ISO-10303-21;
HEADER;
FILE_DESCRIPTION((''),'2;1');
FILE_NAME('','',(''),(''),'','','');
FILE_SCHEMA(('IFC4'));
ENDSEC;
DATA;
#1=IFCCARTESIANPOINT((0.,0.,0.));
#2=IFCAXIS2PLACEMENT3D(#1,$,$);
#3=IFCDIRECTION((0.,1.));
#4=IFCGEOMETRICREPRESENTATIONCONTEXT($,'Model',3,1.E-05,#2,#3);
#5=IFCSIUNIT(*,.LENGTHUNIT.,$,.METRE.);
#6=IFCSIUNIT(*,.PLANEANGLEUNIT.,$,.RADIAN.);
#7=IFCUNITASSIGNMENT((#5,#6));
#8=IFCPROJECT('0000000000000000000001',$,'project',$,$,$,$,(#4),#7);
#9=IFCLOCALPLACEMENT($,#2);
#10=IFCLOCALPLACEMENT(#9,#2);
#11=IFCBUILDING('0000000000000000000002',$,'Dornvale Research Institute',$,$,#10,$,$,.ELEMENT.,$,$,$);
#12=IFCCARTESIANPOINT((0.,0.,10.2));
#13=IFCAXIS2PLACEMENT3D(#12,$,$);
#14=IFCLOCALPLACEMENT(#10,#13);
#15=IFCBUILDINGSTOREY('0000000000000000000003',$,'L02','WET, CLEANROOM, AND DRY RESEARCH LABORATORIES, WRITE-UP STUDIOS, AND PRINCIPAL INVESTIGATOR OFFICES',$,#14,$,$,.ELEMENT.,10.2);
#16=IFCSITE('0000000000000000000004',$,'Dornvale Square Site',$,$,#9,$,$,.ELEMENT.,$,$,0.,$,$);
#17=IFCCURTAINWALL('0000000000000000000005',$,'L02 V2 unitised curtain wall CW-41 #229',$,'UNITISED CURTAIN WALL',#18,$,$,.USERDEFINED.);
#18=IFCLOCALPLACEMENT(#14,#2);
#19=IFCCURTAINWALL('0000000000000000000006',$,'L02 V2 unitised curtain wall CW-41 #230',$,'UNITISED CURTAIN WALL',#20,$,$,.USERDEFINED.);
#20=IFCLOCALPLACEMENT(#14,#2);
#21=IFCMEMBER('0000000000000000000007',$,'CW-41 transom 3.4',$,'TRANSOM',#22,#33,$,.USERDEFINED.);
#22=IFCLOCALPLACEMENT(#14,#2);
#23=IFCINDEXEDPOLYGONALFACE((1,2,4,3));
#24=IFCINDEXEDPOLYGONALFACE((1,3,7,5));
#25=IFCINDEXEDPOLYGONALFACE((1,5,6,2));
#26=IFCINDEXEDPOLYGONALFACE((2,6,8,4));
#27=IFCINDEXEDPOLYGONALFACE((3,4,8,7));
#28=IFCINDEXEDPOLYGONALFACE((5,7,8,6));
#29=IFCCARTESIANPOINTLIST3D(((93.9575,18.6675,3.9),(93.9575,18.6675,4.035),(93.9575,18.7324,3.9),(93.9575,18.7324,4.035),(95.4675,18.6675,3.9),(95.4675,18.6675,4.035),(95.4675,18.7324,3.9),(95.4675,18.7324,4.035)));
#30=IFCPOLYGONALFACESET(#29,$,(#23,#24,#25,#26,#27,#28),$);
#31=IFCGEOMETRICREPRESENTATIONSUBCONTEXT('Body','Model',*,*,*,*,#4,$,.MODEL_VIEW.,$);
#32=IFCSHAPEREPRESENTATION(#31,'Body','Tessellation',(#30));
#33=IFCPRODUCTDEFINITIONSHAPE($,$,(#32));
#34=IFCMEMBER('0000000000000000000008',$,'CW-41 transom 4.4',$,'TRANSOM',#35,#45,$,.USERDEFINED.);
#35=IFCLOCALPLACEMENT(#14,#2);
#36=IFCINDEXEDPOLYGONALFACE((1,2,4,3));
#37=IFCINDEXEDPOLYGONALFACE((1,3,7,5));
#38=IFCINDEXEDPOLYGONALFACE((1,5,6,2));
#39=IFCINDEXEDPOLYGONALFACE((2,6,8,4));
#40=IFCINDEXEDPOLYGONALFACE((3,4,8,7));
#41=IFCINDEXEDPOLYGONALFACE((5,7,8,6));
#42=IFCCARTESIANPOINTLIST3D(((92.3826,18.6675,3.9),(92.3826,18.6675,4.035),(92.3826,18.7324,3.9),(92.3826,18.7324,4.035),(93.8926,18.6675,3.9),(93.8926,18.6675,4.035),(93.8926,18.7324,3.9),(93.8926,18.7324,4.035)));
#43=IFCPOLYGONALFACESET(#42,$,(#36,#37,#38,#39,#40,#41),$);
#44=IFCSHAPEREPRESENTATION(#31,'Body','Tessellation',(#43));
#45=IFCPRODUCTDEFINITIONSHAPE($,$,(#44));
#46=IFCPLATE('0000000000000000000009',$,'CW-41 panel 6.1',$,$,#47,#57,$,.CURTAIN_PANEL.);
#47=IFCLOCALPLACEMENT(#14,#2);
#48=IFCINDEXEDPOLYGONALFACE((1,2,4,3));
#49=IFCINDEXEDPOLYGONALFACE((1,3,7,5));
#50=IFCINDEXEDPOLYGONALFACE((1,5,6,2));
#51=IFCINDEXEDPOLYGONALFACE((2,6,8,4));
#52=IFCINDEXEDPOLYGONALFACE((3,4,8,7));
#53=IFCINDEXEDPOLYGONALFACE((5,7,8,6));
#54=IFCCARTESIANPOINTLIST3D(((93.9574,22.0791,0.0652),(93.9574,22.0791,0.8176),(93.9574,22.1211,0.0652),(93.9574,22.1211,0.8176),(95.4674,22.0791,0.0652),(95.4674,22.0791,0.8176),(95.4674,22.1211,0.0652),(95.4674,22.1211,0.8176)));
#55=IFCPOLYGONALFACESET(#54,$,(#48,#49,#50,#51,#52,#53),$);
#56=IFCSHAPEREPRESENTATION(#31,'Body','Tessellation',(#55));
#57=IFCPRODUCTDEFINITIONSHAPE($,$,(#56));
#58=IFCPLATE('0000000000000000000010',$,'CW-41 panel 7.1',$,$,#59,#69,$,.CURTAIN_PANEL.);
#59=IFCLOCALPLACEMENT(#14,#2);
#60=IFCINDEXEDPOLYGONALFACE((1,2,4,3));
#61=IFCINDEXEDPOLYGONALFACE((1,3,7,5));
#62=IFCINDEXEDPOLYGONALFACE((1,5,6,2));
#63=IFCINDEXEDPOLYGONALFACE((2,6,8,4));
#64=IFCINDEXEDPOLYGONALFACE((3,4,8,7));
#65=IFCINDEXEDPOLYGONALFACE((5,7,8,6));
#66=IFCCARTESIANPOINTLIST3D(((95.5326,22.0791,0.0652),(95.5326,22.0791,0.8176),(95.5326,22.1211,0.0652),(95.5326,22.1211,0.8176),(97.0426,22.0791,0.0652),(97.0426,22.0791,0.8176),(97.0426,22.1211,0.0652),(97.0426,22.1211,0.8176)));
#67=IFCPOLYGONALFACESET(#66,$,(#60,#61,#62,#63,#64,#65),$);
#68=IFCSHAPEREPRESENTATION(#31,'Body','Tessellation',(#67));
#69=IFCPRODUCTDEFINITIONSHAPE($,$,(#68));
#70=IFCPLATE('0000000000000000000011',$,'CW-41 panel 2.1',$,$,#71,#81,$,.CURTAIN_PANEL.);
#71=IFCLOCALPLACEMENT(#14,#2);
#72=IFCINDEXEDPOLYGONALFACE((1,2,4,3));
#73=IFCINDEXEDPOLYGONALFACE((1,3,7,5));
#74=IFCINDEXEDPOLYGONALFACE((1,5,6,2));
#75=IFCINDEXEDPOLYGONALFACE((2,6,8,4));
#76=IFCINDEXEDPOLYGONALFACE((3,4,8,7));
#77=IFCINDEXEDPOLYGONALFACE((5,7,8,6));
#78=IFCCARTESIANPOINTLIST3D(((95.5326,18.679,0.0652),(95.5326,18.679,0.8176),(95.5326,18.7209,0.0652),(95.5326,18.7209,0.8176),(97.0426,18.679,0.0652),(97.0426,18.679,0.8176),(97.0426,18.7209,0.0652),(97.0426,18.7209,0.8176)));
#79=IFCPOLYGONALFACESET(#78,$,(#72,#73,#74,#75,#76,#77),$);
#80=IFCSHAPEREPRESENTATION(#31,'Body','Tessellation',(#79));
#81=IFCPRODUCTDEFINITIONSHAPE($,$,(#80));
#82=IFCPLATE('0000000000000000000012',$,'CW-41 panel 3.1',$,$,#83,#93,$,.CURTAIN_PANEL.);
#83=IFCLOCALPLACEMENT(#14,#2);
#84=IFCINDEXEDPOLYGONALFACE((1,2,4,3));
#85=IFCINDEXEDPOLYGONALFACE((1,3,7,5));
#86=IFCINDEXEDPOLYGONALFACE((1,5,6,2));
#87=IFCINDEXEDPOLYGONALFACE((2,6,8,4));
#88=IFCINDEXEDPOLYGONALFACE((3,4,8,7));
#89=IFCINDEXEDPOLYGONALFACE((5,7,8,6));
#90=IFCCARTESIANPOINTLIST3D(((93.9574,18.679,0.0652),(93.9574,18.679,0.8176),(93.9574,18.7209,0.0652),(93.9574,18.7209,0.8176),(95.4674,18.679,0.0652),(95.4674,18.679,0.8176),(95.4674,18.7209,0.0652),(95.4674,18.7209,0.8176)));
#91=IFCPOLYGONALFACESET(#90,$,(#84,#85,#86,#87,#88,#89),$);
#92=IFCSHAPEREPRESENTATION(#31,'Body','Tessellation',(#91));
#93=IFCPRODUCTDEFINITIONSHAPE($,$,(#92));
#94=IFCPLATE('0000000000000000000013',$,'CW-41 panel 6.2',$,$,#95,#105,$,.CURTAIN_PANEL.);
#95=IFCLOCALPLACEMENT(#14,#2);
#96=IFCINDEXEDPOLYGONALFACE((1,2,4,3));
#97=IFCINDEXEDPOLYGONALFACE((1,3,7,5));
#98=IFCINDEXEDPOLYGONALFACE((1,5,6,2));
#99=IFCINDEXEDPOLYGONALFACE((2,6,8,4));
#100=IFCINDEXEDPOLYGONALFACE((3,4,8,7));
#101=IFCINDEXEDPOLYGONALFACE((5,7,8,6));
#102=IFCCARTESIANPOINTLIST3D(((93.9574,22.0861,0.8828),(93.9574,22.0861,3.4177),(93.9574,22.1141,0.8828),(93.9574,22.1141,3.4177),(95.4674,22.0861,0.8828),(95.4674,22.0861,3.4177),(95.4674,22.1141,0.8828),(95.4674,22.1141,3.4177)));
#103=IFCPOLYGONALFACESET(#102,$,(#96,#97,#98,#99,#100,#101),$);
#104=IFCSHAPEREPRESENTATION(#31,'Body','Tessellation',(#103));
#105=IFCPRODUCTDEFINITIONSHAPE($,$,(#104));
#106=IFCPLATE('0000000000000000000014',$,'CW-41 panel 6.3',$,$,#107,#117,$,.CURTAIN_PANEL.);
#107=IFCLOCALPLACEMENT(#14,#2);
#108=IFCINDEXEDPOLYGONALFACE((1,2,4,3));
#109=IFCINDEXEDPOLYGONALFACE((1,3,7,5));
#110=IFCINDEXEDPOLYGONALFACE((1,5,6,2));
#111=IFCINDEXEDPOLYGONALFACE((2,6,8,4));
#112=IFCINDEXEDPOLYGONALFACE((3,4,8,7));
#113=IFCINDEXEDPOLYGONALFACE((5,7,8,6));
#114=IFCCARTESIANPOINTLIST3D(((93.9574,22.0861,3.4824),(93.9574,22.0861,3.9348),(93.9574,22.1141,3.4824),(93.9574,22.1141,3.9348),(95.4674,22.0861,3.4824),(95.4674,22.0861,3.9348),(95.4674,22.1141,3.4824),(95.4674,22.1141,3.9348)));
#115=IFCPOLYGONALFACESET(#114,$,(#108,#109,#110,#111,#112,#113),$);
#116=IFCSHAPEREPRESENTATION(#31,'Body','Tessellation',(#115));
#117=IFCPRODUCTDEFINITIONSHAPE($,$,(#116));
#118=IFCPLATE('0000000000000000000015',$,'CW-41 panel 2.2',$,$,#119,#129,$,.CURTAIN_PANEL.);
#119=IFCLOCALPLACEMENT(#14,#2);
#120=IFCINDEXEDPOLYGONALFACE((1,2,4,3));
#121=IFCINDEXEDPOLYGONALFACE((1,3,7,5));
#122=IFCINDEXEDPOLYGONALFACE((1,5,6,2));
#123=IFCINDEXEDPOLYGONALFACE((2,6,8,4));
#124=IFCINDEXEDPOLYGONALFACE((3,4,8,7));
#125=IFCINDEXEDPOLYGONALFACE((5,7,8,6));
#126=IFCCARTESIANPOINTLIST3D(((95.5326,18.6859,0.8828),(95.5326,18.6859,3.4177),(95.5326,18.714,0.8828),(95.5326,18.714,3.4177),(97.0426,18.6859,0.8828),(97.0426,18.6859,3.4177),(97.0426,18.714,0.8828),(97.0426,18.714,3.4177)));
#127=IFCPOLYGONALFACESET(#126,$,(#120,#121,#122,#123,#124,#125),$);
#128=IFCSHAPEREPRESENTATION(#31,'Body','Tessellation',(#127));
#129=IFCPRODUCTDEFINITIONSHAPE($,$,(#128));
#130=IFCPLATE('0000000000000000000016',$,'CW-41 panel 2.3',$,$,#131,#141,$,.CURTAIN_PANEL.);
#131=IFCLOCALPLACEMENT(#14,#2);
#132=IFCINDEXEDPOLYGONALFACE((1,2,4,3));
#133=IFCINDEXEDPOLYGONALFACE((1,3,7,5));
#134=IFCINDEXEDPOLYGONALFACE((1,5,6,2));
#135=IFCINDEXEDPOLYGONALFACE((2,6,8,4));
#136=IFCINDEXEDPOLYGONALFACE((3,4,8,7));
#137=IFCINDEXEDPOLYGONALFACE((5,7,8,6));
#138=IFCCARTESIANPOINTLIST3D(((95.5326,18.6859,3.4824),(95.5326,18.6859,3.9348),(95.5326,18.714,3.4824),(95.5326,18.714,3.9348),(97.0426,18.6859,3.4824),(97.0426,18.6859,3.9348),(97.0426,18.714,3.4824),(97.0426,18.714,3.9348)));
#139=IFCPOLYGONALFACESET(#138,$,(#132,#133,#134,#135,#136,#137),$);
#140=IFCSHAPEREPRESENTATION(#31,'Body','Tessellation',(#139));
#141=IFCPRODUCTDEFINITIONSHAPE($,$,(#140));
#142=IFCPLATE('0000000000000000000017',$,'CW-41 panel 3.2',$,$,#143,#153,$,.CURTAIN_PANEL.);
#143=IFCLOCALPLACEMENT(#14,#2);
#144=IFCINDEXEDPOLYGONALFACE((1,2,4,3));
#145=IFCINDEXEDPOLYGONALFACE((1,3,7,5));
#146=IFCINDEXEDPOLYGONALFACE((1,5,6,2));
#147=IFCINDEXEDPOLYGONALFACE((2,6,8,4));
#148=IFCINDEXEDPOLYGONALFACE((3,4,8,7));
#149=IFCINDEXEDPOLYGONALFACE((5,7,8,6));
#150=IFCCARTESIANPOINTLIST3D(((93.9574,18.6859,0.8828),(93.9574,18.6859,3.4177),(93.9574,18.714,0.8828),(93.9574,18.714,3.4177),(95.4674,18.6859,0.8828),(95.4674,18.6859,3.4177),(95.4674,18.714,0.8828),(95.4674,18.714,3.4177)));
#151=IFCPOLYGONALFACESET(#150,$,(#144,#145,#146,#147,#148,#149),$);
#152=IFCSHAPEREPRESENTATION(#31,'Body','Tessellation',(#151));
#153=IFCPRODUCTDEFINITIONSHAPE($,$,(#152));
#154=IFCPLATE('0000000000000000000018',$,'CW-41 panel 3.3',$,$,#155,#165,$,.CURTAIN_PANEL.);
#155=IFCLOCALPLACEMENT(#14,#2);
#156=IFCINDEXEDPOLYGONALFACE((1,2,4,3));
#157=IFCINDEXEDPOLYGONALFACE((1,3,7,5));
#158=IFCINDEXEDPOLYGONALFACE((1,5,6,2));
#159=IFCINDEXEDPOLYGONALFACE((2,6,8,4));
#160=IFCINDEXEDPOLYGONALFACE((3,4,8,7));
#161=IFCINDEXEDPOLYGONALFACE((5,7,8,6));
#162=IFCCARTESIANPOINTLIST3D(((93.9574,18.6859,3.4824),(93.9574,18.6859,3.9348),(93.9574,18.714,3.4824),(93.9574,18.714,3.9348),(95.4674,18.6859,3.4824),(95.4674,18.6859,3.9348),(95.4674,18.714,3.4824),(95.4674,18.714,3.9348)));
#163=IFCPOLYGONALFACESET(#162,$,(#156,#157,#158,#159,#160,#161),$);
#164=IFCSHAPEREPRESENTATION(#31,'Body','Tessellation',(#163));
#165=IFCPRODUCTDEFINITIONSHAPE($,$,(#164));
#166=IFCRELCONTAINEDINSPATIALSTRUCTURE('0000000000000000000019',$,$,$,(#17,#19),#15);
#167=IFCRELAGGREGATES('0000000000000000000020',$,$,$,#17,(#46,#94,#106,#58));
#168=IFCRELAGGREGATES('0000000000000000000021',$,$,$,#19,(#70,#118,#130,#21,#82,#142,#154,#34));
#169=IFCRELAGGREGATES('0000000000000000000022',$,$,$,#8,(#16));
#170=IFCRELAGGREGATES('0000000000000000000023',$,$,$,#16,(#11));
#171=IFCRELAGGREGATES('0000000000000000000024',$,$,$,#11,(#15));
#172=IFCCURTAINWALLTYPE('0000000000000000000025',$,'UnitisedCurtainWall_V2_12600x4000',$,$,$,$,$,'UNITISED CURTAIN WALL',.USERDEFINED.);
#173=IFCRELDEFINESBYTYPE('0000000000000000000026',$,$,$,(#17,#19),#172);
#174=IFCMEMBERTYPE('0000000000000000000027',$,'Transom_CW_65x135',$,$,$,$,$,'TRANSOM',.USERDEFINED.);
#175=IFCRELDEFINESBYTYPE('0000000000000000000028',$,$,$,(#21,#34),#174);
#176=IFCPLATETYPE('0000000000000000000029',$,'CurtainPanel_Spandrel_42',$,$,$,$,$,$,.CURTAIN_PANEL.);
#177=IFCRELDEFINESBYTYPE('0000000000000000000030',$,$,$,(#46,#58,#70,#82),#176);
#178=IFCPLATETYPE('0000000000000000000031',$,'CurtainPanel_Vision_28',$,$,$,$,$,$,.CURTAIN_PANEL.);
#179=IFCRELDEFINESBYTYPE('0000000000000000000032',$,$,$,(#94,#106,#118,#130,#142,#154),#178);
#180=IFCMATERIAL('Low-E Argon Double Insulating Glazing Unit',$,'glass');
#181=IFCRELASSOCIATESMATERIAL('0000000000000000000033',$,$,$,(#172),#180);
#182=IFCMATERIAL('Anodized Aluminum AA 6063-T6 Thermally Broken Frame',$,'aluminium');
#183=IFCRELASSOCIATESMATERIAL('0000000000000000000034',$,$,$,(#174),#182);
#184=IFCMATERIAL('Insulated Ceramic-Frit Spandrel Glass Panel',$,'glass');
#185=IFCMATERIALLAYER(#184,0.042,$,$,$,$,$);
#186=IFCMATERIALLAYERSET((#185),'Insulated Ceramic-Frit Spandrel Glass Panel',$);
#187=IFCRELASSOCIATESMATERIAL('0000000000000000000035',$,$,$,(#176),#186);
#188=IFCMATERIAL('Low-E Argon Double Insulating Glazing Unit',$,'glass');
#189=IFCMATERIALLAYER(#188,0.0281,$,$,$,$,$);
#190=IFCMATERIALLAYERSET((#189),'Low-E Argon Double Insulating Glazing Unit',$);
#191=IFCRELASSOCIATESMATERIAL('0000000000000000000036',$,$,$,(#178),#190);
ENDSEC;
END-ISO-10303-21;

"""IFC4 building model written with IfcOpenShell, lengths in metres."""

from ifc_helpers import new_model, si_unit, direction, frame, origin, origin_2d, place, context, subcontext, project, spatial, rectangle, extrude, material, layer, layer_set, material_profile, profile_set, type_object, element, aggregate, save


model = new_model("IFC4")

# Units and contexts
model_context = context("Model", 3, precision=1e-05, world=origin(), true_north=direction((0.0, 1.0)))
body_context = subcontext(model_context, "Body", "Model", "MODEL_VIEW")
ifc_project = project(units=[si_unit("LENGTHUNIT", "METRE"), si_unit("PLANEANGLEUNIT", "RADIAN")], contexts=[model_context])

# Site, building, storey
site_placement = place(None, origin())
site = spatial("IfcSite", under=ifc_project, at=site_placement, Name="Dornvale Square Site", CompositionType="ELEMENT", RefElevation=0.0)
building_placement = place(site_placement, origin())
building = spatial("IfcBuilding", under=site, at=building_placement, Name="Dornvale Research Institute", CompositionType="ELEMENT")
storey_placement = place(building_placement, frame((0.0, 0.0, 10.2)))
storey = spatial("IfcBuildingStorey", under=building, at=storey_placement, Name="L02", Description="WET, CLEANROOM, AND DRY RESEARCH LABORATORIES, WRITE-UP STUDIOS, AND PRINCIPAL INVESTIGATOR OFFICES", CompositionType="ELEMENT", Elevation=10.2)

# Curtain walls
ifc_material_1 = material(Name="Low-E Argon Double Insulating Glazing Unit", Category="glass")
curtain_wall_type = type_object("IfcCurtainWallType", Name="UnitisedCurtainWall_V2_12600x4000", ElementType="UNITISED CURTAIN WALL", PredefinedType="USERDEFINED", material=ifc_material_1)
curtain_wall_1_placement = place(storey_placement, origin())
curtain_wall_1 = element("IfcCurtainWall", 1, at=curtain_wall_1_placement, inside=storey, type_object=curtain_wall_type, Name="L02 V2 unitised curtain wall CW-41 #229", ObjectType="UNITISED CURTAIN WALL", PredefinedType="USERDEFINED")
curtain_wall_2_placement = place(storey_placement, origin())
curtain_wall_2 = element("IfcCurtainWall", 2, at=curtain_wall_2_placement, inside=storey, type_object=curtain_wall_type, Name="L02 V2 unitised curtain wall CW-41 #230", ObjectType="UNITISED CURTAIN WALL", PredefinedType="USERDEFINED")

# Members
ifc_material_2 = material(Name="Anodized Aluminum AA 6063-T6 Thermally Broken Frame", Category="aluminium")
ifc_material_profile_1 = material_profile(ifc_material_2, rectangle(XDim=0.0649, YDim=0.135, at=origin_2d()), Name="ALU TRANSOM 65x135")
ifc_profile_set_1 = profile_set([ifc_material_profile_1], Name="Anodized Aluminum AA 6063-T6 Thermally Broken Frame")
member_type_1 = type_object("IfcMemberType", Name="Transom_CW_65x135", ElementType="TRANSOM", PredefinedType="USERDEFINED", material=ifc_profile_set_1)
member_1_placement = place(storey_placement, frame((95.4675, 18.7, 3.9675), z_axis=(-1.0, 0.0, 0.0), x_axis=(0.0, -1.0, 0.0)))
member_1 = element("IfcMember", 3, at=member_1_placement, type_object=member_type_1, Name="CW-41 transom 3.4", ObjectType="TRANSOM", PredefinedType="USERDEFINED", context=body_context, shape_type="SweptSolid", body=[
    extrude(rectangle(XDim=0.0649, YDim=0.135, at=origin_2d()), origin(), (0.0, 0.0, 1.0), 1.51),
])
member_2_placement = place(storey_placement, frame((93.8926, 18.7, 3.9675), z_axis=(-1.0, 0.0, 0.0), x_axis=(0.0, -1.0, 0.0)))
member_2 = element("IfcMember", 4, at=member_2_placement, type_object=member_type_1, Name="CW-41 transom 4.4", ObjectType="TRANSOM", PredefinedType="USERDEFINED", context=body_context, shape_type="SweptSolid", body=[
    extrude(rectangle(XDim=0.0649, YDim=0.135, at=origin_2d()), origin(), (0.0, 0.0, 1.0), 1.51),
])

# Plates
ifc_material_3 = material(Name="Insulated Ceramic-Frit Spandrel Glass Panel", Category="glass")
ifc_layer_1 = layer(ifc_material_3, 0.042)
ifc_layer_set_1 = layer_set([ifc_layer_1], Name="Insulated Ceramic-Frit Spandrel Glass Panel")
plate_type_1 = type_object("IfcPlateType", Name="CurtainPanel_Spandrel_42", PredefinedType="CURTAIN_PANEL", material=ifc_layer_set_1)
plate_1_placement = place(storey_placement, frame((94.7124, 22.1001, 0.0652), z_axis=(0.0, 0.0, 1.0), x_axis=(1.0, 0.0, 0.0)))
plate_1 = element("IfcPlate", 5, at=plate_1_placement, type_object=plate_type_1, Name="CW-41 panel 6.1", PredefinedType="CURTAIN_PANEL", context=body_context, shape_type="SweptSolid", body=[
    extrude(rectangle(XDim=1.51, YDim=0.042, at=origin_2d()), origin(), (0.0, 0.0, 1.0), 0.7524),
])
plate_2_placement = place(storey_placement, frame((96.2876, 22.1001, 0.0652), z_axis=(0.0, 0.0, 1.0), x_axis=(1.0, 0.0, 0.0)))
plate_2 = element("IfcPlate", 6, at=plate_2_placement, type_object=plate_type_1, Name="CW-41 panel 7.1", PredefinedType="CURTAIN_PANEL", context=body_context, shape_type="SweptSolid", body=[
    extrude(rectangle(XDim=1.51, YDim=0.042, at=origin_2d()), origin(), (0.0, 0.0, 1.0), 0.7524),
])
plate_3_placement = place(storey_placement, frame((96.2876, 18.7, 0.0652), z_axis=(0.0, 0.0, 1.0), x_axis=(-1.0, 0.0, 0.0)))
plate_3 = element("IfcPlate", 7, at=plate_3_placement, type_object=plate_type_1, Name="CW-41 panel 2.1", PredefinedType="CURTAIN_PANEL", context=body_context, shape_type="SweptSolid", body=[
    extrude(rectangle(XDim=1.51, YDim=0.042, at=origin_2d()), origin(), (0.0, 0.0, 1.0), 0.7524),
])
plate_4_placement = place(storey_placement, frame((94.7124, 18.7, 0.0652), z_axis=(0.0, 0.0, 1.0), x_axis=(-1.0, 0.0, 0.0)))
plate_4 = element("IfcPlate", 8, at=plate_4_placement, type_object=plate_type_1, Name="CW-41 panel 3.1", PredefinedType="CURTAIN_PANEL", context=body_context, shape_type="SweptSolid", body=[
    extrude(rectangle(XDim=1.51, YDim=0.042, at=origin_2d()), origin(), (0.0, 0.0, 1.0), 0.7524),
])
ifc_material_4 = material(Name="Low-E Argon Double Insulating Glazing Unit", Category="glass")
ifc_layer_2 = layer(ifc_material_4, 0.0281)
ifc_layer_set_2 = layer_set([ifc_layer_2], Name="Low-E Argon Double Insulating Glazing Unit")
plate_type_2 = type_object("IfcPlateType", Name="CurtainPanel_Vision_28", PredefinedType="CURTAIN_PANEL", material=ifc_layer_set_2)
plate_5_placement = place(storey_placement, frame((94.7124, 22.1001, 0.8828), z_axis=(0.0, 0.0, 1.0), x_axis=(1.0, 0.0, 0.0)))
plate_5 = element("IfcPlate", 9, at=plate_5_placement, type_object=plate_type_2, Name="CW-41 panel 6.2", PredefinedType="CURTAIN_PANEL", context=body_context, shape_type="SweptSolid", body=[
    extrude(rectangle(XDim=1.51, YDim=0.0281, at=origin_2d()), origin(), (0.0, 0.0, 1.0), 2.5349),
])
plate_6_placement = place(storey_placement, frame((94.7124, 22.1001, 3.4824), z_axis=(0.0, 0.0, 1.0), x_axis=(1.0, 0.0, 0.0)))
plate_6 = element("IfcPlate", 10, at=plate_6_placement, type_object=plate_type_2, Name="CW-41 panel 6.3", PredefinedType="CURTAIN_PANEL", context=body_context, shape_type="SweptSolid", body=[
    extrude(rectangle(XDim=1.51, YDim=0.0281, at=origin_2d()), origin(), (0.0, 0.0, 1.0), 0.4524),
])
aggregate(curtain_wall_1, [plate_1, plate_5, plate_6, plate_2])
plate_7_placement = place(storey_placement, frame((96.2876, 18.7, 0.8828), z_axis=(0.0, 0.0, 1.0), x_axis=(-1.0, 0.0, 0.0)))
plate_7 = element("IfcPlate", 11, at=plate_7_placement, type_object=plate_type_2, Name="CW-41 panel 2.2", PredefinedType="CURTAIN_PANEL", context=body_context, shape_type="SweptSolid", body=[
    extrude(rectangle(XDim=1.51, YDim=0.0281, at=origin_2d()), origin(), (0.0, 0.0, 1.0), 2.5349),
])
plate_8_placement = place(storey_placement, frame((96.2876, 18.7, 3.4824), z_axis=(0.0, 0.0, 1.0), x_axis=(-1.0, 0.0, 0.0)))
plate_8 = element("IfcPlate", 12, at=plate_8_placement, type_object=plate_type_2, Name="CW-41 panel 2.3", PredefinedType="CURTAIN_PANEL", context=body_context, shape_type="SweptSolid", body=[
    extrude(rectangle(XDim=1.51, YDim=0.0281, at=origin_2d()), origin(), (0.0, 0.0, 1.0), 0.4524),
])
plate_9_placement = place(storey_placement, frame((94.7124, 18.7, 0.8828), z_axis=(0.0, 0.0, 1.0), x_axis=(-1.0, 0.0, 0.0)))
plate_9 = element("IfcPlate", 13, at=plate_9_placement, type_object=plate_type_2, Name="CW-41 panel 3.2", PredefinedType="CURTAIN_PANEL", context=body_context, shape_type="SweptSolid", body=[
    extrude(rectangle(XDim=1.51, YDim=0.0281, at=origin_2d()), origin(), (0.0, 0.0, 1.0), 2.5349),
])
plate_10_placement = place(storey_placement, frame((94.7124, 18.7, 3.4824), z_axis=(0.0, 0.0, 1.0), x_axis=(-1.0, 0.0, 0.0)))
plate_10 = element("IfcPlate", 14, at=plate_10_placement, type_object=plate_type_2, Name="CW-41 panel 3.3", PredefinedType="CURTAIN_PANEL", context=body_context, shape_type="SweptSolid", body=[
    extrude(rectangle(XDim=1.51, YDim=0.0281, at=origin_2d()), origin(), (0.0, 0.0, 1.0), 0.4524),
])
aggregate(curtain_wall_2, [plate_3, plate_7, plate_8, member_1, plate_4, plate_9, plate_10, member_2])

save(model, "model.ifc")
